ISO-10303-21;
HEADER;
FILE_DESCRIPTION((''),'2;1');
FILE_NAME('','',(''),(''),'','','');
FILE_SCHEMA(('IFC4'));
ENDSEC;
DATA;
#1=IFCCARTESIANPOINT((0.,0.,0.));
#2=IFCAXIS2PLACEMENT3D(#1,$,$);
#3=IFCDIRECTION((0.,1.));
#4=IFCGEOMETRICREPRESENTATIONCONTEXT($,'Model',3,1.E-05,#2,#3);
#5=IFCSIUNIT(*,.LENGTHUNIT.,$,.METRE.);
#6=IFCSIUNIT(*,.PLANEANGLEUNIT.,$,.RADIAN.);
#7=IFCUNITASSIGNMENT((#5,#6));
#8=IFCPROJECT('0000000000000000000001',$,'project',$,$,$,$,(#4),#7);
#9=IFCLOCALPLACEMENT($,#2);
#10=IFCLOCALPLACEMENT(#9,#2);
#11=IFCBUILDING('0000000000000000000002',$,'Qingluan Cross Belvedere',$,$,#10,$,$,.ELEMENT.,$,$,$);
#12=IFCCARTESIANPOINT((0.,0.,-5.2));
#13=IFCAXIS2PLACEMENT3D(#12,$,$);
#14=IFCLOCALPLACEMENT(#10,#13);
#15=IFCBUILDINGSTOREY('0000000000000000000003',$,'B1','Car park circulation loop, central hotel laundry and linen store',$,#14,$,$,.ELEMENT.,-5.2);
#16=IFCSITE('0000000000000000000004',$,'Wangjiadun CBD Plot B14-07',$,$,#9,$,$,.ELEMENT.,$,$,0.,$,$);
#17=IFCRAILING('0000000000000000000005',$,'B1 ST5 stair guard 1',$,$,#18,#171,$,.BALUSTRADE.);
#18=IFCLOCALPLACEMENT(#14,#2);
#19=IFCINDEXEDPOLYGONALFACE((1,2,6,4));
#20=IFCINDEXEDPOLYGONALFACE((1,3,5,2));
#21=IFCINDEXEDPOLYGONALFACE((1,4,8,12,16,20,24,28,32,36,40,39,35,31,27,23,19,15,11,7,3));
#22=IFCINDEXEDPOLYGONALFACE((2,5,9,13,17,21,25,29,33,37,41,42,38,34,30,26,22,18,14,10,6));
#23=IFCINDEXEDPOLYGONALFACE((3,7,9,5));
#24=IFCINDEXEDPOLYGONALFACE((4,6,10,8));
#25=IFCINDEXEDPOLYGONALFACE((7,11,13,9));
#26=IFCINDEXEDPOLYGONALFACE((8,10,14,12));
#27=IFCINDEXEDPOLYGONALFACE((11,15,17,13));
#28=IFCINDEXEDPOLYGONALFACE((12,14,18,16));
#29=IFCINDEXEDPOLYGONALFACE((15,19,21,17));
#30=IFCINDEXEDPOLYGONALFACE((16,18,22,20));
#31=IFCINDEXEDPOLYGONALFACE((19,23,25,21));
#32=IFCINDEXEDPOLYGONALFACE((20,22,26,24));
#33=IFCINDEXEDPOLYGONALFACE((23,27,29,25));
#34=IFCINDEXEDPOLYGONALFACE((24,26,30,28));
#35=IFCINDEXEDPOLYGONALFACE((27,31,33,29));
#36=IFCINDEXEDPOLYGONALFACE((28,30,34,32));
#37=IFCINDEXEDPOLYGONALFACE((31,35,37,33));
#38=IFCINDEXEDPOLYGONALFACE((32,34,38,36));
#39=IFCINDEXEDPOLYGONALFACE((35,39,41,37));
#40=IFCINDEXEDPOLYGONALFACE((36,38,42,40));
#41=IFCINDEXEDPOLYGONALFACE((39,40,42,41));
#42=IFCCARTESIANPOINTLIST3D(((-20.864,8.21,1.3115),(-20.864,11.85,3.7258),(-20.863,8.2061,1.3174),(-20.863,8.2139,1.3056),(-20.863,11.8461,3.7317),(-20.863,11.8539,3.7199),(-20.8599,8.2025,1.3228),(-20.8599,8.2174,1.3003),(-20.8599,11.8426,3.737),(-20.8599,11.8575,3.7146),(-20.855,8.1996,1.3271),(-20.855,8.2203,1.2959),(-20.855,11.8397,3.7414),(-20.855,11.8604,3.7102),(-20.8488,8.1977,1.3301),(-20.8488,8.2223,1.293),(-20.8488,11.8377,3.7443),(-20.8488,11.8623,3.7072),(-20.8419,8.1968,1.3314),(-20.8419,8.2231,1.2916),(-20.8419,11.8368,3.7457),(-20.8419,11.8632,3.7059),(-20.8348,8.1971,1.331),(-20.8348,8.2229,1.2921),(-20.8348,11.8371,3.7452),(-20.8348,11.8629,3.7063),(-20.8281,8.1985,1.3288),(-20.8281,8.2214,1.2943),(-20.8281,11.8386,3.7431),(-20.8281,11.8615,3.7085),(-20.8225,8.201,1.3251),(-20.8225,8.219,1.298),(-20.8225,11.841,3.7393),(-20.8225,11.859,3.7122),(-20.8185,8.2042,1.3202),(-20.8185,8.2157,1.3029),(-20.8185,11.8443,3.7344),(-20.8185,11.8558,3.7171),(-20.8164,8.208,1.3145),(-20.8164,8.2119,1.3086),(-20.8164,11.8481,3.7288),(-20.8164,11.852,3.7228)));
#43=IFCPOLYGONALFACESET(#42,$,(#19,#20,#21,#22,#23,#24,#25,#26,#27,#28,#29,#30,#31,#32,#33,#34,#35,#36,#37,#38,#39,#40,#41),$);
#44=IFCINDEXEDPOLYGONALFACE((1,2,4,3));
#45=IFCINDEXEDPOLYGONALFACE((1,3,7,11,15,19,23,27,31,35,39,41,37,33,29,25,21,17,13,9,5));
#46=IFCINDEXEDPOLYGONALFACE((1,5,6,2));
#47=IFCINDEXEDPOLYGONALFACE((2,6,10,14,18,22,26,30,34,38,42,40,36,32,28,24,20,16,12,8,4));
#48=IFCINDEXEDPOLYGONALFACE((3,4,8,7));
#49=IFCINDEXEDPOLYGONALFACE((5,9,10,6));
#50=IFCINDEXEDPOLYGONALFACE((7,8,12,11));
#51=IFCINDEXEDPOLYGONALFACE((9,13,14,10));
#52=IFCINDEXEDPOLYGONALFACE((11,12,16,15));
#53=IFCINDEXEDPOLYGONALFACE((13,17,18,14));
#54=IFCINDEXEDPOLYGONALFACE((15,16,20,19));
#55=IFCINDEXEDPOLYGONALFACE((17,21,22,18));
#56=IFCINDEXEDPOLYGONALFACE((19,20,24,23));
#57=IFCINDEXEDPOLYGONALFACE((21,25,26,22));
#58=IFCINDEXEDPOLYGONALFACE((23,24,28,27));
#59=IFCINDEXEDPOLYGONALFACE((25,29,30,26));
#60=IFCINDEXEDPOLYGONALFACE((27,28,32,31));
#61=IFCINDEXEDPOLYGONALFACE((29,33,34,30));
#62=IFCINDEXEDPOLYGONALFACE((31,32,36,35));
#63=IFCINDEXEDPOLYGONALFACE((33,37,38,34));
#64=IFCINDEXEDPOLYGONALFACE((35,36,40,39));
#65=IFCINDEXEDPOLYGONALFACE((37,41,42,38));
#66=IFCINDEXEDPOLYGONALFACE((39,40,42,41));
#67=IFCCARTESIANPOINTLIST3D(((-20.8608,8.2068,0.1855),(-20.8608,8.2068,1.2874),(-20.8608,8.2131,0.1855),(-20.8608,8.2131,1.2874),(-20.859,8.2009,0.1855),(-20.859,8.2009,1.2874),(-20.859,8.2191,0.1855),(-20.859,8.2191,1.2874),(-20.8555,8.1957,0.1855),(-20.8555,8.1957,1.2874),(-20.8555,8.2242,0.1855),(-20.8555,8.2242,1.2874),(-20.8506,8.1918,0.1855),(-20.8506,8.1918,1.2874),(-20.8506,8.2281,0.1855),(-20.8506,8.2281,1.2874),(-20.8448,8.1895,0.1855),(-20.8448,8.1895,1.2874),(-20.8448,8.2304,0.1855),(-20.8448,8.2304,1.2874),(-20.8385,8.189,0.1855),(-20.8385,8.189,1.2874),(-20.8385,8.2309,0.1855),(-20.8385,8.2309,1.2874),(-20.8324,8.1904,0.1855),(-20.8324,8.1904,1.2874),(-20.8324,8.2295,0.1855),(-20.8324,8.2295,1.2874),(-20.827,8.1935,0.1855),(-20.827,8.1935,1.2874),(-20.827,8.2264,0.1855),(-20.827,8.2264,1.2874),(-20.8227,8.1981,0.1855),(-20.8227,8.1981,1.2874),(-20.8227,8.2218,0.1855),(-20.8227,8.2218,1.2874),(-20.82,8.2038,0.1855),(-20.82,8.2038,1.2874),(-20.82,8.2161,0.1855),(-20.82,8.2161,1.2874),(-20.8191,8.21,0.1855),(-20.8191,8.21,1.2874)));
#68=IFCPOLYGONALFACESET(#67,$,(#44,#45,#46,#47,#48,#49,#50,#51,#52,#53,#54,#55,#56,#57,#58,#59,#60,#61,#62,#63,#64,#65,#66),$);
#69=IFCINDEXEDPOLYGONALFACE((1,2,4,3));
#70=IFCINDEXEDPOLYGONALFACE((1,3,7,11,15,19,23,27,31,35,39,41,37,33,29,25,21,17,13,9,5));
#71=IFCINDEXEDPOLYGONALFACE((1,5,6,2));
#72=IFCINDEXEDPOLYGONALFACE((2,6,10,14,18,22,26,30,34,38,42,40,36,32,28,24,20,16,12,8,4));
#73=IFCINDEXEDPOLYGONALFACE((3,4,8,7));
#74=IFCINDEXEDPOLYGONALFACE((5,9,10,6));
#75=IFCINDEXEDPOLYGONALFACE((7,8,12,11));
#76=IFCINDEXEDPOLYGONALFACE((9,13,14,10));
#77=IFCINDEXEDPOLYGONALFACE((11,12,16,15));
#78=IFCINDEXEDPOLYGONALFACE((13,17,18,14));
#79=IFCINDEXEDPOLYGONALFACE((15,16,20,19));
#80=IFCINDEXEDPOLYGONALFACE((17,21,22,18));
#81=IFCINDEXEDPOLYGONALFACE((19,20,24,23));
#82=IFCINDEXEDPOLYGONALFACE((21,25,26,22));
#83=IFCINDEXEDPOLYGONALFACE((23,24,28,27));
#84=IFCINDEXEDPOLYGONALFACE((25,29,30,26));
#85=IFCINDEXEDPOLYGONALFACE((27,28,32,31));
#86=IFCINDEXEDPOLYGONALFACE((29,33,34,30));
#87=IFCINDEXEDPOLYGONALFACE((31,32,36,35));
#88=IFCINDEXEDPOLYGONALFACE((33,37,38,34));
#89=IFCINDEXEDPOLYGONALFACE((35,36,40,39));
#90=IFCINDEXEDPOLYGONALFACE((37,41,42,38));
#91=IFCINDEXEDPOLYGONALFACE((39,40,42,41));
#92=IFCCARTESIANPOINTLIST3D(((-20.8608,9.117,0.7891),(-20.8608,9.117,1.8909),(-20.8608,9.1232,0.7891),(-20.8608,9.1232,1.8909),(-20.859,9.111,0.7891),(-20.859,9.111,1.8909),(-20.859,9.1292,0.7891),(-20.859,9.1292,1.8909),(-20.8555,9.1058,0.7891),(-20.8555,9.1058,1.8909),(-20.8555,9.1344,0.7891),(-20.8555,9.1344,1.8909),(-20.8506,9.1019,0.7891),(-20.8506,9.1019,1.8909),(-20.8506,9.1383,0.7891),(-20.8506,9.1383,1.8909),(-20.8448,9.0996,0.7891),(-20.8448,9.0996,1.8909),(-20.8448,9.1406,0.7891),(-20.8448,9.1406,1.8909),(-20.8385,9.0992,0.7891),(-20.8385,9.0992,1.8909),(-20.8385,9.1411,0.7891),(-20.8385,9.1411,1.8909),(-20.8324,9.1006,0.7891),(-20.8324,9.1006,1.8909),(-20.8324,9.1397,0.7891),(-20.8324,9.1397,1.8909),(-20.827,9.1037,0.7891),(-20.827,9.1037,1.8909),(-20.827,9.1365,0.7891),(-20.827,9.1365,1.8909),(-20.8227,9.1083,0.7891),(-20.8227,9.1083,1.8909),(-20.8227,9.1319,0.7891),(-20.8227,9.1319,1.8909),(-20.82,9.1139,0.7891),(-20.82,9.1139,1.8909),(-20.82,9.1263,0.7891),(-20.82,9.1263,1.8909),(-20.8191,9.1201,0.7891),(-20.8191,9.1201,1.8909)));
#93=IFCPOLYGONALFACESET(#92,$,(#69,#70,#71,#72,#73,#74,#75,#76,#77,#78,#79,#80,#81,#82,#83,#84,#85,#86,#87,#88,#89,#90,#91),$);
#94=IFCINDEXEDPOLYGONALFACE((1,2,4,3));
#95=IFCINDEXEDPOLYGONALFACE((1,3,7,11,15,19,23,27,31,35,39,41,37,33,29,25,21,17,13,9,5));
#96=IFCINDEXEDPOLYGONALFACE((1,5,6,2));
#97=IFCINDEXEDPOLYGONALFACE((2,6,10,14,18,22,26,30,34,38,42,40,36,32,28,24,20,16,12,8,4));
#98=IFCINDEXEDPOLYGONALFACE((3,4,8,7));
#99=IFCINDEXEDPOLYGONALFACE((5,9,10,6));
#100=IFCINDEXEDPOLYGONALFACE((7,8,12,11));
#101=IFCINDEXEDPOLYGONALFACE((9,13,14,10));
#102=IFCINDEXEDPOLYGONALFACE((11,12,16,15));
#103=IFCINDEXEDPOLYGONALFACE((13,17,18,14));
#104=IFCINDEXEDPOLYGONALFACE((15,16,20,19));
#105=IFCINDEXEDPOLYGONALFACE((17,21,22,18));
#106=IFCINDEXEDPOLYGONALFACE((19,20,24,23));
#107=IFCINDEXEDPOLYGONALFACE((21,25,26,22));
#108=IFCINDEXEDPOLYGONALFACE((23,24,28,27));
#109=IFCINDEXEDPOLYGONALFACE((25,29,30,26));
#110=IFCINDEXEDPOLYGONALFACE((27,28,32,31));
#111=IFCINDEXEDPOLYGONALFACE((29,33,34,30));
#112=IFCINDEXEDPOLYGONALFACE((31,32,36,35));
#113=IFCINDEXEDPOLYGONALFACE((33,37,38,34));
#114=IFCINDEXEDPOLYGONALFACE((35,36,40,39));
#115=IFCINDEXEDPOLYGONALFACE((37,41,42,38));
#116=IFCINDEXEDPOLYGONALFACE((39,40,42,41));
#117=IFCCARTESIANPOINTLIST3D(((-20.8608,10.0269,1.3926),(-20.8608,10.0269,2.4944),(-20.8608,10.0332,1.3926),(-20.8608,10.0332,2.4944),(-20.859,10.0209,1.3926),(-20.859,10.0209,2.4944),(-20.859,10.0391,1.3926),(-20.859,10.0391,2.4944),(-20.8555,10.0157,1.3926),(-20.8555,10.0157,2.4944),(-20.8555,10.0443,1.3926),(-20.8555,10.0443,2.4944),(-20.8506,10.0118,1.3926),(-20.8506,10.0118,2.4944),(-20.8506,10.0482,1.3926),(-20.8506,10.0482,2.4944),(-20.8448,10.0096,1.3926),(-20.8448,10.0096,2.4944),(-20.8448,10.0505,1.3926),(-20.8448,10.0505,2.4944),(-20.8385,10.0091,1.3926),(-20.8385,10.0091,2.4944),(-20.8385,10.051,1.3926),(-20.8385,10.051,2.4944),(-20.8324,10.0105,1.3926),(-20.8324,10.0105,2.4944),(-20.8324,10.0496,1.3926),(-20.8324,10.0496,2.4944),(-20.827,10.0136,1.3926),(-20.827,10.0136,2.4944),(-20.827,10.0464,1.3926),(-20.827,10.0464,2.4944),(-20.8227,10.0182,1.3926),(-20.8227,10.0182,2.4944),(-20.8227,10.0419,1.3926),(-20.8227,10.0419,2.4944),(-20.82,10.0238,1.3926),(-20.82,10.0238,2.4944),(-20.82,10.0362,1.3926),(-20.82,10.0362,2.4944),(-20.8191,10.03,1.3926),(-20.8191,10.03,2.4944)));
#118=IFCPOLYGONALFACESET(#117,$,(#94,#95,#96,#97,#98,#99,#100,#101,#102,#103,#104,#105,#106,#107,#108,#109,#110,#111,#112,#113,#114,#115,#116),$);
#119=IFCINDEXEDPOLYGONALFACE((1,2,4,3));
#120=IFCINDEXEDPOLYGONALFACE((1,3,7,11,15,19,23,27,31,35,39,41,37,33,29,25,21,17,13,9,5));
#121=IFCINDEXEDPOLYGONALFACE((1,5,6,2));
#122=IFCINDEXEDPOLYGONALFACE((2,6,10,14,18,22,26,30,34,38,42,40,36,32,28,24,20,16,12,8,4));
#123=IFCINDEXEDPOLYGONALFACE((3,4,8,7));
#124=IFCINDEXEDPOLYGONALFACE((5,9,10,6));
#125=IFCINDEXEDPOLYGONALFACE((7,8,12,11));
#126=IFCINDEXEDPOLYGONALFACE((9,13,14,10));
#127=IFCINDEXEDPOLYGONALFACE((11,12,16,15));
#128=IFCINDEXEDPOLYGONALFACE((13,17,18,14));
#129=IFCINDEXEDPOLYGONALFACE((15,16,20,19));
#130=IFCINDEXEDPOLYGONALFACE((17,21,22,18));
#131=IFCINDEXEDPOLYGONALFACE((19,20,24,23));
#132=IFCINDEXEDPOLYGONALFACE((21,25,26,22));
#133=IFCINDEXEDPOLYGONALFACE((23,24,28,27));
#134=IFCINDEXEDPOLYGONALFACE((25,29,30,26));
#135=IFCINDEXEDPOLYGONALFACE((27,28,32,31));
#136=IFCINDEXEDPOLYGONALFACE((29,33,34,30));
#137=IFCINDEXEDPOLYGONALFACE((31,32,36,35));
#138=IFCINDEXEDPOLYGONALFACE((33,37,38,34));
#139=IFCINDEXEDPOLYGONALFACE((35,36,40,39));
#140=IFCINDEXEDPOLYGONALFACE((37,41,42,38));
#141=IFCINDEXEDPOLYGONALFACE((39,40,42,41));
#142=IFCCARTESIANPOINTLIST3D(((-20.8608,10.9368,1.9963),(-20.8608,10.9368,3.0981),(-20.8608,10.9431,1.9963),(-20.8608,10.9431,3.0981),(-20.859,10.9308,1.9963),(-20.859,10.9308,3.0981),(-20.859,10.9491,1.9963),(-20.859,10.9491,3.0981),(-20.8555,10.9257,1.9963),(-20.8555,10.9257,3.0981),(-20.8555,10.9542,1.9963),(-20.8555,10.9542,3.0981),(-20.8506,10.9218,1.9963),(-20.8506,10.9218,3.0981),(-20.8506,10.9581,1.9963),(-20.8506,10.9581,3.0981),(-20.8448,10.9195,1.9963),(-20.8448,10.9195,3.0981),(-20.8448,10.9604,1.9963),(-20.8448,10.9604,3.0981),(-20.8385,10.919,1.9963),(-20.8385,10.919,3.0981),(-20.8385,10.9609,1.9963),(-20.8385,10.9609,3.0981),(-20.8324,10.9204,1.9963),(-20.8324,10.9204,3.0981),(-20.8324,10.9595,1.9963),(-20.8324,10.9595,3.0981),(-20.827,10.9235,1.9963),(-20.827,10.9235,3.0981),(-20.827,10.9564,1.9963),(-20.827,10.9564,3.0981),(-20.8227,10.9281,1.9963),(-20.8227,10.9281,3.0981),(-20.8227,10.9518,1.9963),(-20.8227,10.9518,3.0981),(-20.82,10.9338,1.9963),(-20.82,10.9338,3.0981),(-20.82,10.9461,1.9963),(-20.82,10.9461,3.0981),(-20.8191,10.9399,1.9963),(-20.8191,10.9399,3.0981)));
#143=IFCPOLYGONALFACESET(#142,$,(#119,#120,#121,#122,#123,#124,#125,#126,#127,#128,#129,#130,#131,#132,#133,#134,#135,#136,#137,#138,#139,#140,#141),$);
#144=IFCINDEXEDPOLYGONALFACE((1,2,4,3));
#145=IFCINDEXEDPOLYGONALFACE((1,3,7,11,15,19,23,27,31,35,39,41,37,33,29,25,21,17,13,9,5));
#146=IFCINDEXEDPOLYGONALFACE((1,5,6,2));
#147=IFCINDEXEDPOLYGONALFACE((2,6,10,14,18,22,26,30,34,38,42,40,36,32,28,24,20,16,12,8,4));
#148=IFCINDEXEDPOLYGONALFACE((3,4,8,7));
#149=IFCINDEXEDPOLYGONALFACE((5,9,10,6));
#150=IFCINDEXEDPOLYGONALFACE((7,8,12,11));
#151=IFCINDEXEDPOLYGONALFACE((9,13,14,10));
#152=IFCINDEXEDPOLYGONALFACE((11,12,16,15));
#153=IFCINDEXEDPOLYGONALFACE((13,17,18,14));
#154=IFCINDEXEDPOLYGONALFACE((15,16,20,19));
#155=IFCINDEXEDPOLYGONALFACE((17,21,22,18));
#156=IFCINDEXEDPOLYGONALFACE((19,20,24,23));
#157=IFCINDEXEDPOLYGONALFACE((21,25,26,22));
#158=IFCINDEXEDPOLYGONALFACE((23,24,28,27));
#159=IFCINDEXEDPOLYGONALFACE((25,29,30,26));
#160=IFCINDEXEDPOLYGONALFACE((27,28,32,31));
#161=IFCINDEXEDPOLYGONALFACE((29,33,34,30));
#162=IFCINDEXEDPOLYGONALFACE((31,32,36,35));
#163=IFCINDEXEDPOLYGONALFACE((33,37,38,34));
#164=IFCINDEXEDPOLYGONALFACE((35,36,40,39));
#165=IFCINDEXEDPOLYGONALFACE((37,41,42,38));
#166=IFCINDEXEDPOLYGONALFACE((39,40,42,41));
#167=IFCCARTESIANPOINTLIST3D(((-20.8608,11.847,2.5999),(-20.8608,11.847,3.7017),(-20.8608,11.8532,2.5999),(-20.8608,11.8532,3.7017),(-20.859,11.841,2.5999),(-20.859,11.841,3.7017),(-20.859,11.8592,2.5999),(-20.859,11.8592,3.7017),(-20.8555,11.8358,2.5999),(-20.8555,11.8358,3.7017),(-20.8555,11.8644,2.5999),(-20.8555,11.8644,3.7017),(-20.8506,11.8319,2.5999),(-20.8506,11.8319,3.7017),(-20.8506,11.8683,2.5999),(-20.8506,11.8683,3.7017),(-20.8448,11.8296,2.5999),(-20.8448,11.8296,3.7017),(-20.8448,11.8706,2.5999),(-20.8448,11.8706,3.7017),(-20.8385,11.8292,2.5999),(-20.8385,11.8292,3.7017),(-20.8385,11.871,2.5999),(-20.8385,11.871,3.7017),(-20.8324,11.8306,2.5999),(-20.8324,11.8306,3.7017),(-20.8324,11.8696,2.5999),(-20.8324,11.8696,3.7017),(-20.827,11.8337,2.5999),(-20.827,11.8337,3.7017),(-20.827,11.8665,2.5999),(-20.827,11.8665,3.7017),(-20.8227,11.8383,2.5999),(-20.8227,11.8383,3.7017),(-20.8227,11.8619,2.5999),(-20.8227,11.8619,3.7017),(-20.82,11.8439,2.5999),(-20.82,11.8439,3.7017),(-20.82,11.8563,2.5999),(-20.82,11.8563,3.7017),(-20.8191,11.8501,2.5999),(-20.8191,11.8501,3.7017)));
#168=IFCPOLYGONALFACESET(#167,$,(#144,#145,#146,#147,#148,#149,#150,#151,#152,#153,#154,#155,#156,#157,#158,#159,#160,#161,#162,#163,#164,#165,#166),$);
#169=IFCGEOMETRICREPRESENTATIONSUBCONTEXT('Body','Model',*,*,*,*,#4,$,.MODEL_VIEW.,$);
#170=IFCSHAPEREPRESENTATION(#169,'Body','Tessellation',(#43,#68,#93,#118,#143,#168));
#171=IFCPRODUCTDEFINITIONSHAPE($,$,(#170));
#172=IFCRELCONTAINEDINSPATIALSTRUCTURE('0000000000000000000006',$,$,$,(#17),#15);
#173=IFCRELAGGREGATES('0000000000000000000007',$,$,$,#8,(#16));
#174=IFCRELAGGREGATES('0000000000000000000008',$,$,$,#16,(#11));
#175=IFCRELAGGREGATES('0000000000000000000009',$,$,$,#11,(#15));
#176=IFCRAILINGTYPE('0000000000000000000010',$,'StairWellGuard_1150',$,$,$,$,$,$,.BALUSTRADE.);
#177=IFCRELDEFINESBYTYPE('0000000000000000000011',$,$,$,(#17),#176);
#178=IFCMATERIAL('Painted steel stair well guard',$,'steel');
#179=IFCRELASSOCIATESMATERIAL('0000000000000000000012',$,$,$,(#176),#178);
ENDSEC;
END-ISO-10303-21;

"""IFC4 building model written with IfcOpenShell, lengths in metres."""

from ifc_helpers import new_model, si_unit, direction, frame, origin, origin_2d, place, context, subcontext, project, spatial, circle, extrude, material, type_object, element, save


model = new_model("IFC4")

# Units and contexts
model_context = context("Model", 3, precision=1e-05, world=origin(), true_north=direction((0.0, 1.0)))
body_context = subcontext(model_context, "Body", "Model", "MODEL_VIEW")
ifc_project = project(units=[si_unit("LENGTHUNIT", "METRE"), si_unit("PLANEANGLEUNIT", "RADIAN")], contexts=[model_context])

# Site, building, storey
site_placement = place(None, origin())
site = spatial("IfcSite", under=ifc_project, at=site_placement, Name="Wangjiadun CBD Plot B14-07", CompositionType="ELEMENT", RefElevation=0.0)
building_placement = place(site_placement, origin())
building = spatial("IfcBuilding", under=site, at=building_placement, Name="Qingluan Cross Belvedere", CompositionType="ELEMENT")
storey_placement = place(building_placement, frame((0.0, 0.0, -5.2)))
storey = spatial("IfcBuildingStorey", under=building, at=storey_placement, Name="B1", Description="Car park circulation loop, central hotel laundry and linen store", CompositionType="ELEMENT", Elevation=-5.2)

# Railing
ifc_material_1 = material(Name="Painted steel stair well guard", Category="steel")
railing_type_1 = type_object("IfcRailingType", Name="StairWellGuard_1150", PredefinedType="BALUSTRADE", material=ifc_material_1)
railing_1_placement = place(storey_placement, frame((-20.8401, 8.21, 0.1855)))
element("IfcRailing", 1, at=railing_1_placement, inside=storey, type_object=railing_type_1, Name="B1 ST5 stair guard 1", PredefinedType="BALUSTRADE", context=body_context, shape_type="SweptSolid", body=[
    extrude(circle(Radius=0.0239, at=origin_2d()), frame((0.0, 0.0, 1.126), z_axis=(0.0, 0.833364, 0.552725), x_axis=(-1.0, 0.0, 0.0)), (0.0, 0.0, 1.0), 4.3679),
    extrude(circle(Radius=0.021, at=origin_2d()), origin(), (0.0, 0.0, 1.0), 1.1018),
    extrude(circle(Radius=0.021, at=origin_2d()), frame((0.0, 0.9102, 0.6035)), (0.0, 0.0, 1.0), 1.1018),
    extrude(circle(Radius=0.021, at=origin_2d()), frame((0.0, 1.8201, 1.207)), (0.0, 0.0, 1.0), 1.1018),
    extrude(circle(Radius=0.021, at=origin_2d()), frame((0.0, 2.73, 1.8108)), (0.0, 0.0, 1.0), 1.1018),
    extrude(circle(Radius=0.021, at=origin_2d()), frame((0.0, 3.6401, 2.4143)), (0.0, 0.0, 1.0), 1.1018),
])

save(model, "model.ifc")
